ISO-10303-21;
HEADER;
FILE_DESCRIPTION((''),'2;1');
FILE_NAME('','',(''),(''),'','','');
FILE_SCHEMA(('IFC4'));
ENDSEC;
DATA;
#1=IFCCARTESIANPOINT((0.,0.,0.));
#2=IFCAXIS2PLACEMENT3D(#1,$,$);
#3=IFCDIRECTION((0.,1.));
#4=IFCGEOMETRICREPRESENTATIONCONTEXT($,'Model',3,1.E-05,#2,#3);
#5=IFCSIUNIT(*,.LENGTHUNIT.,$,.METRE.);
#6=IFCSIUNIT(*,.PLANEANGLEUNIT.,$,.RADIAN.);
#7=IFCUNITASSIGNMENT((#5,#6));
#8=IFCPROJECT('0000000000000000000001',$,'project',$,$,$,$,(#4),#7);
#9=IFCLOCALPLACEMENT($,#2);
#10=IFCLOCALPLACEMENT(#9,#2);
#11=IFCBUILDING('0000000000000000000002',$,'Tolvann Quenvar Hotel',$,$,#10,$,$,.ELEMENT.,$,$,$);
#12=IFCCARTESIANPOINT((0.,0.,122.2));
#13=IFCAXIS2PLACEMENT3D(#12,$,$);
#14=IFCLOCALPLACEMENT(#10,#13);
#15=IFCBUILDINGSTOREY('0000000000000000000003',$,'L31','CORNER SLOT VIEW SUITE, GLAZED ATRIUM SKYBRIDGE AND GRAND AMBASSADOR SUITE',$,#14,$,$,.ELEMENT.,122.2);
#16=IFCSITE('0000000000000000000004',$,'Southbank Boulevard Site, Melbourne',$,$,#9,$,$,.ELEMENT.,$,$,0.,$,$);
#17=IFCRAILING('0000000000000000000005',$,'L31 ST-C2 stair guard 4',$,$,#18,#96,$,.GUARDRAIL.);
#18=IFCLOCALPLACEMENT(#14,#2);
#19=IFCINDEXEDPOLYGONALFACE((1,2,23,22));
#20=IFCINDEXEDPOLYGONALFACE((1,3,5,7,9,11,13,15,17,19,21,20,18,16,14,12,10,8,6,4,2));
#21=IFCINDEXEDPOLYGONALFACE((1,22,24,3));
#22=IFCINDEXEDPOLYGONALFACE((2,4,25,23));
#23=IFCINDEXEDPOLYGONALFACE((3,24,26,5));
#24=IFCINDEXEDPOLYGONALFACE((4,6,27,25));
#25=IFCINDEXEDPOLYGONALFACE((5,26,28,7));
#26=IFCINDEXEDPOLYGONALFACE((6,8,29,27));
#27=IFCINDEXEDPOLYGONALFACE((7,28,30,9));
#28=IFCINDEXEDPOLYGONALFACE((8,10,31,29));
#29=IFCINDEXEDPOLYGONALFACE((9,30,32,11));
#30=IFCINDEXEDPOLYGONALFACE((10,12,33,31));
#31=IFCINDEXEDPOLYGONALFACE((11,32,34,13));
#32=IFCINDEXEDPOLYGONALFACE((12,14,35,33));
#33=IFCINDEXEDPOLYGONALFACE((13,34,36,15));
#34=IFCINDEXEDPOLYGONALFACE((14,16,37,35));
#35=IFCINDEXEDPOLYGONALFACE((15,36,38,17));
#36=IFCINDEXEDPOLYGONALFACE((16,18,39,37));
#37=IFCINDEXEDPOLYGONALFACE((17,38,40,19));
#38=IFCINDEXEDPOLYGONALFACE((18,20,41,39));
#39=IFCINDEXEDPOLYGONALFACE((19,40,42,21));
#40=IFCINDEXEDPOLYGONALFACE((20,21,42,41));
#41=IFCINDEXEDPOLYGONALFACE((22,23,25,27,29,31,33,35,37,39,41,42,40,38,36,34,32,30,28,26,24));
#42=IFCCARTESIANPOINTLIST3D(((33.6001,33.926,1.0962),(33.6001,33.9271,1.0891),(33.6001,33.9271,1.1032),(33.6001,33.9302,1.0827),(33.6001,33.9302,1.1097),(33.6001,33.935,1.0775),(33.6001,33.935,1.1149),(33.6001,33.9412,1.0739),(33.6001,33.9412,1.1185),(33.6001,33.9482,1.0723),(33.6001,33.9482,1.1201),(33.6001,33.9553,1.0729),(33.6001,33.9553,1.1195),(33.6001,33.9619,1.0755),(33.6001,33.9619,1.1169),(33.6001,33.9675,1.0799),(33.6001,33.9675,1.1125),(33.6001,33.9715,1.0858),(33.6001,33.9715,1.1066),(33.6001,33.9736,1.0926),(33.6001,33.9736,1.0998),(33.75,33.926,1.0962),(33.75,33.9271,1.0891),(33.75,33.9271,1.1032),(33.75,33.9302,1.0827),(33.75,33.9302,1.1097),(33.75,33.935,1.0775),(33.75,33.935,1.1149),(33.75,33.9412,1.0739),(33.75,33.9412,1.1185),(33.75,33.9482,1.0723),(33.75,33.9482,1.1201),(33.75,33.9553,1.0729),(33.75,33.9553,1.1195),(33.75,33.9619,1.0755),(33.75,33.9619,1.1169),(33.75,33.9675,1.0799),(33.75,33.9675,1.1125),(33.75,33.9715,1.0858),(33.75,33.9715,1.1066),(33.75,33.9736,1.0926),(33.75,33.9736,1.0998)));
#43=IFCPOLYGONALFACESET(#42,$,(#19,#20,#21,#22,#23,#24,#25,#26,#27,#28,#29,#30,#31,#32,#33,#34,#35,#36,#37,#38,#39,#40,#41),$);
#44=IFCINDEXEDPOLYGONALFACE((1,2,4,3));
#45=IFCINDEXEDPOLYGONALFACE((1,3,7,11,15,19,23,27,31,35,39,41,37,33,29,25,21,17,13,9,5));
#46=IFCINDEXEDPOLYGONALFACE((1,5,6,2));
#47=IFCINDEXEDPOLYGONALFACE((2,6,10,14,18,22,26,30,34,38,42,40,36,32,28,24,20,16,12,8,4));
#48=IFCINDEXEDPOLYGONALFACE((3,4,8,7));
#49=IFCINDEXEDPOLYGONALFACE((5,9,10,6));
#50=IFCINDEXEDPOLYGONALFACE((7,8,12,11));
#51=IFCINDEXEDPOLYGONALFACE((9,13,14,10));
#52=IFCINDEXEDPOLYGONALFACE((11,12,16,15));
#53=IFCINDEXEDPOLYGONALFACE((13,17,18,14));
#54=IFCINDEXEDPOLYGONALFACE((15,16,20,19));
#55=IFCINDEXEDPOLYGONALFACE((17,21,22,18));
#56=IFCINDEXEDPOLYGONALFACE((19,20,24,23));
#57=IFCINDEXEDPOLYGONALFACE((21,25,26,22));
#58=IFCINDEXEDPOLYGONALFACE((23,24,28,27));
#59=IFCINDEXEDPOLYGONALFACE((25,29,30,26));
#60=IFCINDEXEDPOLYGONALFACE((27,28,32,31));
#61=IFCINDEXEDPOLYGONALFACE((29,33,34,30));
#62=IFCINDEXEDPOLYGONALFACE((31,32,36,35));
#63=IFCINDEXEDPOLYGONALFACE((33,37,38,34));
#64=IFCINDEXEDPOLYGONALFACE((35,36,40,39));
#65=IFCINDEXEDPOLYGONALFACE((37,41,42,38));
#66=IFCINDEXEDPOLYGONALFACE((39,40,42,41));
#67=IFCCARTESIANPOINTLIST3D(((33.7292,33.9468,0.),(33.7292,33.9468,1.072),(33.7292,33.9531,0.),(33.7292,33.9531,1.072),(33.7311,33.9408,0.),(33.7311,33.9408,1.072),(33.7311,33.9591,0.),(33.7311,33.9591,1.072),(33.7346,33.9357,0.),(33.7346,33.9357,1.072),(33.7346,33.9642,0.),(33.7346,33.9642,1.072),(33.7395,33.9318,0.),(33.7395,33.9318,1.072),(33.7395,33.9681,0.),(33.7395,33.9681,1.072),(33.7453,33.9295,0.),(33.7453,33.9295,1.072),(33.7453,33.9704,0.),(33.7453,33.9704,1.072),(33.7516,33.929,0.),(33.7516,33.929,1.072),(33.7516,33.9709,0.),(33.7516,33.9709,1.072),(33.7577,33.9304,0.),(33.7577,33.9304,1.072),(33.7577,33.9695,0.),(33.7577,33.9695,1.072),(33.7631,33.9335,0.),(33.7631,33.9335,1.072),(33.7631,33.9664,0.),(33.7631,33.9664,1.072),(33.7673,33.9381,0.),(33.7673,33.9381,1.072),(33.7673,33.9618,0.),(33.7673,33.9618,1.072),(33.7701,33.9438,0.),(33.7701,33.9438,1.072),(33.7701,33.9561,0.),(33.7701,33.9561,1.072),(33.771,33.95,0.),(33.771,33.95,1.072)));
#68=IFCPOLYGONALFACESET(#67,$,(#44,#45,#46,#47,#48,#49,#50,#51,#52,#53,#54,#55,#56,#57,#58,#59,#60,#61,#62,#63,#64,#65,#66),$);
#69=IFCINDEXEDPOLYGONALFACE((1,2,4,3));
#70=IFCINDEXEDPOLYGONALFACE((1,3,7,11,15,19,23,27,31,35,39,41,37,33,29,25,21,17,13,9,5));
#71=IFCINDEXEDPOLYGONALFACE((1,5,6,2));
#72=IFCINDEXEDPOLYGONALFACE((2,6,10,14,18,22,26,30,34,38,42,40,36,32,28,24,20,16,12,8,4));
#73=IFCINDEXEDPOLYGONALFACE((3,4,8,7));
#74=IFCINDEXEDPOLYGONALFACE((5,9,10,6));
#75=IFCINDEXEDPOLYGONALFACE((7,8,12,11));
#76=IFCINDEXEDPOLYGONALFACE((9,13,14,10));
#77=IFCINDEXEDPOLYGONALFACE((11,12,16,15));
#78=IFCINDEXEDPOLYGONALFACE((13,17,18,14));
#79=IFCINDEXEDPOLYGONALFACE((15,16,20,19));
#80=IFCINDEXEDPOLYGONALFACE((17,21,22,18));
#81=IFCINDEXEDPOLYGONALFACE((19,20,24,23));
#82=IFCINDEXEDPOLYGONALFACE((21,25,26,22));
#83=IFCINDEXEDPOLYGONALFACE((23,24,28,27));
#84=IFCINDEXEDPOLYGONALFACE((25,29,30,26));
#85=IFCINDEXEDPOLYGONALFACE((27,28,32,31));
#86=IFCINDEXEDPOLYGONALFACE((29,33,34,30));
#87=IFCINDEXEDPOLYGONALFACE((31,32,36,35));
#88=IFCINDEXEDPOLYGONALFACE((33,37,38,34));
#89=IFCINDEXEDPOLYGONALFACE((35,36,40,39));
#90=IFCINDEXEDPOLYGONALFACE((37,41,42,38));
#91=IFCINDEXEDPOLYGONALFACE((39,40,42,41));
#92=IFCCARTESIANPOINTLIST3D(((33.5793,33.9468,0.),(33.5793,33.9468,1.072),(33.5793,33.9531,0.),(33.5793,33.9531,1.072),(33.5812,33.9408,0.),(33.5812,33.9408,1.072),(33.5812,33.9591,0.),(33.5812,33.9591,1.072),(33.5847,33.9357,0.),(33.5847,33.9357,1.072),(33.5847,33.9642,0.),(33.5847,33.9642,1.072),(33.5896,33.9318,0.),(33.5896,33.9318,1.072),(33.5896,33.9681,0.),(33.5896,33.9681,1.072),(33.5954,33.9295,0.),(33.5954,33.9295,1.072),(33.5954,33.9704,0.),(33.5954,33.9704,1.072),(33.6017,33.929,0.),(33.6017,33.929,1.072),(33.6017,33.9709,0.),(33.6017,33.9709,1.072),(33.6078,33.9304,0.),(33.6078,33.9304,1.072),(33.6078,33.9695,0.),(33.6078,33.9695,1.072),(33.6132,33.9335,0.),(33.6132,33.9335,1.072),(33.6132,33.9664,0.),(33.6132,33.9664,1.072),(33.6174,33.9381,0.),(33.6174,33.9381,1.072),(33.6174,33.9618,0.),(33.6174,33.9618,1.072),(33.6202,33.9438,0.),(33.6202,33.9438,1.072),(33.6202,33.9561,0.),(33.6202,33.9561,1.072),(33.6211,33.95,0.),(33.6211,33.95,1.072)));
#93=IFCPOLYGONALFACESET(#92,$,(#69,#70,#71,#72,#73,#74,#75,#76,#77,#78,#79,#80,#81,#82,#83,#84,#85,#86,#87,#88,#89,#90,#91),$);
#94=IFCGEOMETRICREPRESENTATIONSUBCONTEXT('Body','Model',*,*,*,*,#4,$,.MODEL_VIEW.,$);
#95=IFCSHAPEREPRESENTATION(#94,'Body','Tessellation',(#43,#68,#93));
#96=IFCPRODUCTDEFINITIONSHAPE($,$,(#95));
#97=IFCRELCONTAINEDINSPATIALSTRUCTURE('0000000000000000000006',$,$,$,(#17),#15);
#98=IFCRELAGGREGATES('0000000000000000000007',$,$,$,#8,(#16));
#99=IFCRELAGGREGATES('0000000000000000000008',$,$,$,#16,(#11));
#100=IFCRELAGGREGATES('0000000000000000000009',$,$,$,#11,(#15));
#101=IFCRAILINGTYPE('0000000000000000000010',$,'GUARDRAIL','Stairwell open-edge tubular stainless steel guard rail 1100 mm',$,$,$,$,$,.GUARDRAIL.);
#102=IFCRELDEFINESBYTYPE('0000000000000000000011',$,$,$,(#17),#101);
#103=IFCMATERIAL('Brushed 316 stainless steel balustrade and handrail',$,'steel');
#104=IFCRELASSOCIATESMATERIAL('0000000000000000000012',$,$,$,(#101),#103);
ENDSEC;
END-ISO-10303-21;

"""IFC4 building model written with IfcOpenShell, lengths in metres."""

from ifc_helpers import new_model, si_unit, direction, frame, origin, origin_2d, place, context, subcontext, project, spatial, circle, extrude, material, type_object, element, save


model = new_model("IFC4")

# Units and contexts
model_context = context("Model", 3, precision=1e-05, world=origin(), true_north=direction((0.0, 1.0)))
body_context = subcontext(model_context, "Body", "Model", "MODEL_VIEW")
ifc_project = project(units=[si_unit("LENGTHUNIT", "METRE"), si_unit("PLANEANGLEUNIT", "RADIAN")], contexts=[model_context])

# Site, building, storey
site_placement = place(None, origin())
site = spatial("IfcSite", under=ifc_project, at=site_placement, Name="Southbank Boulevard Site, Melbourne", CompositionType="ELEMENT", RefElevation=0.0)
building_placement = place(site_placement, origin())
building = spatial("IfcBuilding", under=site, at=building_placement, Name="Tolvann Quenvar Hotel", CompositionType="ELEMENT")
storey_placement = place(building_placement, frame((0.0, 0.0, 122.2)))
storey = spatial("IfcBuildingStorey", under=building, at=storey_placement, Name="L31", Description="CORNER SLOT VIEW SUITE, GLAZED ATRIUM SKYBRIDGE AND GRAND AMBASSADOR SUITE", CompositionType="ELEMENT", Elevation=122.2)

# Railing
ifc_material_1 = material(Name="Brushed 316 stainless steel balustrade and handrail", Category="steel")
railing_type_1 = type_object("IfcRailingType", Name="GUARDRAIL", Description="Stairwell open-edge tubular stainless steel guard rail 1100 mm", PredefinedType="GUARDRAIL", material=ifc_material_1)
railing_1_placement = place(storey_placement, frame((33.75, 33.95, 0.0)))
element("IfcRailing", 1, at=railing_1_placement, inside=storey, type_object=railing_type_1, Name="L31 ST-C2 stair guard 4", PredefinedType="GUARDRAIL", context=body_context, shape_type="SweptSolid", body=[
    extrude(circle(Radius=0.0239, at=origin_2d()), frame((0.0, 0.0, 1.0962), z_axis=(-1.0, 0.0, 0.0), x_axis=(0.0, -1.0, 0.0)), (0.0, 0.0, 1.0), 0.1499),
    extrude(circle(Radius=0.021, at=origin_2d()), origin(), (0.0, 0.0, 1.0), 1.072),
    extrude(circle(Radius=0.021, at=origin_2d()), frame((-0.1499, 0.0, 0.0)), (0.0, 0.0, 1.0), 1.072),
])

save(model, "model.ifc")
